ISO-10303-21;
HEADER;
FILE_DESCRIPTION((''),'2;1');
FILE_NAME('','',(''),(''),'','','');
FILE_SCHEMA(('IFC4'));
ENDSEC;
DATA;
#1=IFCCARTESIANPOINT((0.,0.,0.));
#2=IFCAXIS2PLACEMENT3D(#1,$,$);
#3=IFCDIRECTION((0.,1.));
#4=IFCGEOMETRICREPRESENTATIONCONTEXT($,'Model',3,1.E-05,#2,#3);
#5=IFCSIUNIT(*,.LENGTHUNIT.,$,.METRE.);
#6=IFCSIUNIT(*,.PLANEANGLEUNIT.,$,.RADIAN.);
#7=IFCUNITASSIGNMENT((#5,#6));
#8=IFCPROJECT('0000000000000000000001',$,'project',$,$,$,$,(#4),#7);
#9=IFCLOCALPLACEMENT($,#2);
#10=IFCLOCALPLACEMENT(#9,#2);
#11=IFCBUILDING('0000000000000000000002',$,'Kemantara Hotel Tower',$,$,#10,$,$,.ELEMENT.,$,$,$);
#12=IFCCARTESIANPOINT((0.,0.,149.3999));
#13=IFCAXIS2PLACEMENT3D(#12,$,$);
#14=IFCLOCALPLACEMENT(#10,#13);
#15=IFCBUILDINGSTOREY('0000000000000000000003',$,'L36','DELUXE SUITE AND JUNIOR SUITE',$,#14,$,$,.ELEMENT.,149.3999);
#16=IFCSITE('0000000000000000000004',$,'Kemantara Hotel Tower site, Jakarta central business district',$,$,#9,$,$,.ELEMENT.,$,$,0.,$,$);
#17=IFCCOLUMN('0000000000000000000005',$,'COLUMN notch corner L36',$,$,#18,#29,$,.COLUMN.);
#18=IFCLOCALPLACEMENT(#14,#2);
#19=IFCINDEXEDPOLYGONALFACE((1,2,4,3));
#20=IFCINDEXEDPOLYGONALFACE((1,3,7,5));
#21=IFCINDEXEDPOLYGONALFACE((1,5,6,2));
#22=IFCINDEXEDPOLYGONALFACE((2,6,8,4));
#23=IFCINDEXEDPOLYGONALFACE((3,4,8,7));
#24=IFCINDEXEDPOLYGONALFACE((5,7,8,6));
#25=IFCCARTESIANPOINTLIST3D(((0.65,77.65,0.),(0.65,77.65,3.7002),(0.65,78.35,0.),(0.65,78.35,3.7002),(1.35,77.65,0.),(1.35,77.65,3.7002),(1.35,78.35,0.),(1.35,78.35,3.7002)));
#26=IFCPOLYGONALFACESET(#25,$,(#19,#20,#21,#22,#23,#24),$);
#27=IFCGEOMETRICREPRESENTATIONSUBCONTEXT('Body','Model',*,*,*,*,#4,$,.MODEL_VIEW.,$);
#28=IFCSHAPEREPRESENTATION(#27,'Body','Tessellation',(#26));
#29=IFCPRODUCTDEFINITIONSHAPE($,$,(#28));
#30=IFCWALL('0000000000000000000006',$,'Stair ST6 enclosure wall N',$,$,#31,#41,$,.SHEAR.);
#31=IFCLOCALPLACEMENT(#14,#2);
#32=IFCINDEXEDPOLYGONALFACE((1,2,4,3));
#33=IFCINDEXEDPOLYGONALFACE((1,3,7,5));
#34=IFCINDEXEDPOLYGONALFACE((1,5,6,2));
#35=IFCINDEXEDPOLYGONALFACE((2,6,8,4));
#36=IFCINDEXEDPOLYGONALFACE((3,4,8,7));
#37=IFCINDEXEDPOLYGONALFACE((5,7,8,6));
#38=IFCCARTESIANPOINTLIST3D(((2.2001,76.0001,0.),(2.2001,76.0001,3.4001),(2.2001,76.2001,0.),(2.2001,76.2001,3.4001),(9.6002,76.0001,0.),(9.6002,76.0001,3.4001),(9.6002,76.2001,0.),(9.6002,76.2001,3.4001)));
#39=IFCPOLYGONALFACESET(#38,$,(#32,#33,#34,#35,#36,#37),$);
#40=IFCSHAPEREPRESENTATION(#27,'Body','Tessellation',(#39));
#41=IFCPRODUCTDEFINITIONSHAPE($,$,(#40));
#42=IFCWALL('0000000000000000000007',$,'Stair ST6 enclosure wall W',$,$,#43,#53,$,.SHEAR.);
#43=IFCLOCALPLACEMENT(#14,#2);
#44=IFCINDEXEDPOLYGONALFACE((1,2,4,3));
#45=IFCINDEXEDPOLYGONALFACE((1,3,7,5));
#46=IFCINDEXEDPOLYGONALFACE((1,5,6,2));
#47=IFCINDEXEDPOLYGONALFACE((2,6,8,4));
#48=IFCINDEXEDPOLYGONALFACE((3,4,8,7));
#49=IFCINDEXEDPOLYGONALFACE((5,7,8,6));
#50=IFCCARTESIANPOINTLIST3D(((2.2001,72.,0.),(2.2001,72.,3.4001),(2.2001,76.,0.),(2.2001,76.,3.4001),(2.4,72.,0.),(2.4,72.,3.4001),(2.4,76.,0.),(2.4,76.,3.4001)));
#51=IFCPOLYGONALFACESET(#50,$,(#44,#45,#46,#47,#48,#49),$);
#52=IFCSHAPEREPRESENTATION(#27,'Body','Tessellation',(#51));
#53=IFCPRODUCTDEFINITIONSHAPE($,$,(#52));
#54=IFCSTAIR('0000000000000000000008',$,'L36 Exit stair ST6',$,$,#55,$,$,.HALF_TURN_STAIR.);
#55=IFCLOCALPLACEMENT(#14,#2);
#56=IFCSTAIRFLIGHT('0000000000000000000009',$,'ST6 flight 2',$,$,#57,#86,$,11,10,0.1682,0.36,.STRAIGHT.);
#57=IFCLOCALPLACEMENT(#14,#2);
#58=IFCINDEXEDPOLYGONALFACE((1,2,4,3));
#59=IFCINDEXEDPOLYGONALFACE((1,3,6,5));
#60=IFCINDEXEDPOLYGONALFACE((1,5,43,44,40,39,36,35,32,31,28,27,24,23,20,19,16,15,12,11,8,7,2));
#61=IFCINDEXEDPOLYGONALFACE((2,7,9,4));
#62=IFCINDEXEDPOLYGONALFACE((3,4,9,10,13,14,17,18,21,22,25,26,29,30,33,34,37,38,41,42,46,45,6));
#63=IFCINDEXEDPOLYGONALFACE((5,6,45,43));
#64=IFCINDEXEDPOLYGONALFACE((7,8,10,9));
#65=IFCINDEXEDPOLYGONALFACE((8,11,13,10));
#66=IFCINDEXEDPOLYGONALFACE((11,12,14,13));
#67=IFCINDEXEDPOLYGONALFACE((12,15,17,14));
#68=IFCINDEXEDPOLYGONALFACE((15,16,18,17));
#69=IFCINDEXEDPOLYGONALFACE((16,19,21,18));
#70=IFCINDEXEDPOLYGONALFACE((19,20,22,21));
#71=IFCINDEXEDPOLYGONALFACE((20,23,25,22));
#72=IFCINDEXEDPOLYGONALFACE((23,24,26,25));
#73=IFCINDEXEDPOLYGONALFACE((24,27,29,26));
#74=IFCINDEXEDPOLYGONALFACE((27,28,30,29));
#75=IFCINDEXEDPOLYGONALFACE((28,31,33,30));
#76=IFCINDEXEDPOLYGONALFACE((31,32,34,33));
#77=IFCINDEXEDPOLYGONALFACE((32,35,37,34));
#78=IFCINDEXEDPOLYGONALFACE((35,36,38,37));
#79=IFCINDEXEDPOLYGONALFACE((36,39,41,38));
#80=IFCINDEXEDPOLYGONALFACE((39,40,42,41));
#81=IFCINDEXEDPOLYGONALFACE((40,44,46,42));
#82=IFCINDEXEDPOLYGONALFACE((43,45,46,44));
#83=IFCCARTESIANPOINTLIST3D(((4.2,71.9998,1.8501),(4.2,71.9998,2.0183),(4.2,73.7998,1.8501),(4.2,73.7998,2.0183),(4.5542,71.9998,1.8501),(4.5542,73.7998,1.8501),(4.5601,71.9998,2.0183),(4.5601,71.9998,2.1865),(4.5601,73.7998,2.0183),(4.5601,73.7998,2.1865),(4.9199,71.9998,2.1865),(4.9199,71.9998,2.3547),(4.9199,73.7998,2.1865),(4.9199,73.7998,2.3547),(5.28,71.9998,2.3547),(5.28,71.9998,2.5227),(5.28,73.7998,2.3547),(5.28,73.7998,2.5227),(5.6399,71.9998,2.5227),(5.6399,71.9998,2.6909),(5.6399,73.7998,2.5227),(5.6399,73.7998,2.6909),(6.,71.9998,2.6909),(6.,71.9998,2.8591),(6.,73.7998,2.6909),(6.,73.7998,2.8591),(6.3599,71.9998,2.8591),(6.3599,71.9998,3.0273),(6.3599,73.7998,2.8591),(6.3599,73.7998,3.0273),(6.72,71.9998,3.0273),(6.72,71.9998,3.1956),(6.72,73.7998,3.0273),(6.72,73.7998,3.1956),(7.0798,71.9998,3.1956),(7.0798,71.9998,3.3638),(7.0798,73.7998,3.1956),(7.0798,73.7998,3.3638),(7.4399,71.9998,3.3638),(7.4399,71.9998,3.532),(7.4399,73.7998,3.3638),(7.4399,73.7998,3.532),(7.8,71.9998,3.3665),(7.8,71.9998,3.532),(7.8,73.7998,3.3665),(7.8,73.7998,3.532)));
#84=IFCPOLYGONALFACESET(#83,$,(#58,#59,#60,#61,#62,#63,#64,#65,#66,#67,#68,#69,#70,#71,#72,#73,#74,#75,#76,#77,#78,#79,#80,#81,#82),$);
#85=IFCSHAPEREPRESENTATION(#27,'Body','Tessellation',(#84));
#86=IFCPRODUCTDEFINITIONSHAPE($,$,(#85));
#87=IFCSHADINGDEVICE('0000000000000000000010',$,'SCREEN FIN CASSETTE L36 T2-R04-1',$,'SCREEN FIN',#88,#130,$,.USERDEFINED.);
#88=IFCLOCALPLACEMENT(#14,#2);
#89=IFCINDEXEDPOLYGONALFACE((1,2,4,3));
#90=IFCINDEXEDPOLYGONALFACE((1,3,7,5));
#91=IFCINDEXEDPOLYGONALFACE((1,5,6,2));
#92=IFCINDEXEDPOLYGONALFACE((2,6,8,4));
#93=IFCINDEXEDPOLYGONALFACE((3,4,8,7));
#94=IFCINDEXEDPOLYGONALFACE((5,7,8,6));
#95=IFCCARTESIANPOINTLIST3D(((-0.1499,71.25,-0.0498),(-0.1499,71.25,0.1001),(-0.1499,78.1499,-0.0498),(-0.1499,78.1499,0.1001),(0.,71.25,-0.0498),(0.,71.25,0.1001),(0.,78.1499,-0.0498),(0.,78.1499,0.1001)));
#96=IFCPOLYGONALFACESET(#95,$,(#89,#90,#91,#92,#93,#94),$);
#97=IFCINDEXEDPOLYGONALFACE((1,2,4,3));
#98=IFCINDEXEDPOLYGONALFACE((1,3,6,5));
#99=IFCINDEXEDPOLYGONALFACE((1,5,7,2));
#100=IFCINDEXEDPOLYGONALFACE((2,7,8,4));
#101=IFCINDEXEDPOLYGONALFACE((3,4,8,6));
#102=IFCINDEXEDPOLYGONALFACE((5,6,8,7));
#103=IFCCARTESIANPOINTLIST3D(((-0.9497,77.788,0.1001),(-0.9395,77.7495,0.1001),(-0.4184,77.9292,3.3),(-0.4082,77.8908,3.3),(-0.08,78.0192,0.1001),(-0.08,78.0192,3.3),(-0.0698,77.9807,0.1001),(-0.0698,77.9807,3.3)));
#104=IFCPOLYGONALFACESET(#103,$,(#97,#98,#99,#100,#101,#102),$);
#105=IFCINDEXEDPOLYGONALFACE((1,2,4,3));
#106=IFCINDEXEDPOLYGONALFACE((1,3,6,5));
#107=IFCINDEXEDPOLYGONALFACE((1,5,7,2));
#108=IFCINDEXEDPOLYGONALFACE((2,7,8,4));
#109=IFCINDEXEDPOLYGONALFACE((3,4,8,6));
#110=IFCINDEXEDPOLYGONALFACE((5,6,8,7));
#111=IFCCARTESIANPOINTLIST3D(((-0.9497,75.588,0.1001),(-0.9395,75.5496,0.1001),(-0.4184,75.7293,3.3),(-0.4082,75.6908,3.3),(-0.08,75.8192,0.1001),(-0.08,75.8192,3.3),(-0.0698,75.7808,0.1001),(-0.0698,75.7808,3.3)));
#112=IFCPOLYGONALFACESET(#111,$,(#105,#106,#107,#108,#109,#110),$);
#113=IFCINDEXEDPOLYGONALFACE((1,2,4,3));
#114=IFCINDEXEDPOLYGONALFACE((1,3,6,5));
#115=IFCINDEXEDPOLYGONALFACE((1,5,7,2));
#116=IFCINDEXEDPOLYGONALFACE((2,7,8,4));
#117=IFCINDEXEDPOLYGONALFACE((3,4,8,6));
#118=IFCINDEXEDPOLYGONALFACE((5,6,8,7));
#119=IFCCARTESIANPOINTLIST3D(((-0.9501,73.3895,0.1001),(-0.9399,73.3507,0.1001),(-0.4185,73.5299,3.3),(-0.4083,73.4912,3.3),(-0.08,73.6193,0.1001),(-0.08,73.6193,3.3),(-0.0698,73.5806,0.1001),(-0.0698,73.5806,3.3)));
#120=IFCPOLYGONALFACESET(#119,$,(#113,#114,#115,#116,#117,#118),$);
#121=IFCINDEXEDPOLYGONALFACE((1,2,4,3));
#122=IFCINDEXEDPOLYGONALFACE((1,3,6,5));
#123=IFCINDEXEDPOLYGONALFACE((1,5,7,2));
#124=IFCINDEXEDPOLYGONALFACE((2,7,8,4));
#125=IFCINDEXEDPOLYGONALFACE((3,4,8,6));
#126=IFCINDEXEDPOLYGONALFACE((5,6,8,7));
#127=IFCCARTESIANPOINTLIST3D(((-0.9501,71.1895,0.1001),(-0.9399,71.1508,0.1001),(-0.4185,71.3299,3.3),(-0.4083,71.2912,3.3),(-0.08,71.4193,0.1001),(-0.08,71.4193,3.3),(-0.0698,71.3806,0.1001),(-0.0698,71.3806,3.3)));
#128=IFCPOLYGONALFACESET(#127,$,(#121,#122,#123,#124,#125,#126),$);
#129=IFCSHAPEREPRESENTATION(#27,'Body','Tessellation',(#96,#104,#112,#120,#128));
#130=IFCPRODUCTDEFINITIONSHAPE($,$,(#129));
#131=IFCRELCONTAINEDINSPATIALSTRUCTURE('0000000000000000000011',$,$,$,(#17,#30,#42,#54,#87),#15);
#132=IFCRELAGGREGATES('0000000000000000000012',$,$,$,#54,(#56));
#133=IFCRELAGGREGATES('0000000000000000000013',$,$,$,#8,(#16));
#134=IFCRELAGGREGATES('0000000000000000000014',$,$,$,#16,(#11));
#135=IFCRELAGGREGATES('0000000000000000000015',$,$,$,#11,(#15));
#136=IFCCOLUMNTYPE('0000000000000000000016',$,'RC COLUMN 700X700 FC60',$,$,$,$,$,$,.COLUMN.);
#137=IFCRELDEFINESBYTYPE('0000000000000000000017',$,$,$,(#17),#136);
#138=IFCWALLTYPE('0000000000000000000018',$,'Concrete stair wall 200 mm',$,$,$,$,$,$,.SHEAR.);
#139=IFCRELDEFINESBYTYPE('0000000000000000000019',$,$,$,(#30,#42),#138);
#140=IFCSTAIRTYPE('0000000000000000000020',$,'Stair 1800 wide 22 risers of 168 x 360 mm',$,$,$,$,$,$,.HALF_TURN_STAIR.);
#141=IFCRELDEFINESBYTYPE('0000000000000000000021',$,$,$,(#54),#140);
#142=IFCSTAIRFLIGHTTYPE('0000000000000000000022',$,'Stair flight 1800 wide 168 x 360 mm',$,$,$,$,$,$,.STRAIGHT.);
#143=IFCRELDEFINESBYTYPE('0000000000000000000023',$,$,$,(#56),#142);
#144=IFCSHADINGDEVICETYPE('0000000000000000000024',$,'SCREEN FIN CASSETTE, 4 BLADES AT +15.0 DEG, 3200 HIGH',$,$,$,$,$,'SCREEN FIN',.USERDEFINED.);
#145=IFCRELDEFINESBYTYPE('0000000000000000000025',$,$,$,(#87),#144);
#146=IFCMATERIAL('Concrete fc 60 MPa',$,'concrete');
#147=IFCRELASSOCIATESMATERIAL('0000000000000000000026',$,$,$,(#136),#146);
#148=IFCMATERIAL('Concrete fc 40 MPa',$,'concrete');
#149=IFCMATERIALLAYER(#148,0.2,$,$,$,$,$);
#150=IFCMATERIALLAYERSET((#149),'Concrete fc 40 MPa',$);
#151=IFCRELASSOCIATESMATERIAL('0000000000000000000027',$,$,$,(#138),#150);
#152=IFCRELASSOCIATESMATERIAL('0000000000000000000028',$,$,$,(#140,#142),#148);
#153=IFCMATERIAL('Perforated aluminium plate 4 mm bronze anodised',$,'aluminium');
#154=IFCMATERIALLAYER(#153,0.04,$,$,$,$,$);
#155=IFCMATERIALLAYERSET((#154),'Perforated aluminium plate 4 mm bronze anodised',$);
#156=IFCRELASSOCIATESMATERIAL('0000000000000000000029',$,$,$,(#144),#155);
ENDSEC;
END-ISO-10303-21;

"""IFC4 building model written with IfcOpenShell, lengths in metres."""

from ifc_helpers import new_model, si_unit, direction, frame, frame_2d, origin, origin_2d, place, context, subcontext, project, spatial, polyline, rectangle, outline, extrude, source, transform, mapped, material, layer, layer_set, material_profile, profile_set, type_object, element, aggregate, save


model = new_model("IFC4")

# Units and contexts
model_context = context("Model", 3, precision=1e-05, world=origin(), true_north=direction((0.0, 1.0)))
body_context = subcontext(model_context, "Body", "Model", "MODEL_VIEW")
ifc_project = project(units=[si_unit("LENGTHUNIT", "METRE"), si_unit("PLANEANGLEUNIT", "RADIAN")], contexts=[model_context])

# Site, building, storey
site_placement = place(None, origin())
site = spatial("IfcSite", under=ifc_project, at=site_placement, Name="Kemantara Hotel Tower site, Jakarta central business district", CompositionType="ELEMENT", RefElevation=0.0)
building_placement = place(site_placement, origin())
building = spatial("IfcBuilding", under=site, at=building_placement, Name="Kemantara Hotel Tower", CompositionType="ELEMENT")
storey_placement = place(building_placement, frame((0.0, 0.0, 149.3999)))
storey = spatial("IfcBuildingStorey", under=building, at=storey_placement, Name="L36", Description="DELUXE SUITE AND JUNIOR SUITE", CompositionType="ELEMENT", Elevation=149.3999)

# Column
ifc_material_1 = material(Name="Concrete fc 60 MPa", Category="concrete")
ifc_material_profile = material_profile(ifc_material_1, rectangle(XDim=0.7, YDim=0.7, at=origin_2d()), Name="RC 700X700")
ifc_profile_set = profile_set([ifc_material_profile], Name="Concrete fc 60 MPa")
column_type = type_object("IfcColumnType", Name="RC COLUMN 700X700 FC60", PredefinedType="COLUMN", material=ifc_profile_set)
column_placement = place(storey_placement, frame((1.0, 78.0, 0.0), z_axis=(0.0, 0.0, 1.0), x_axis=(1.0, 0.0, 0.0)))
element("IfcColumn", 1, at=column_placement, inside=storey, type_object=column_type, Name="COLUMN notch corner L36", PredefinedType="COLUMN", context=body_context, shape_type="SweptSolid", body=[
    extrude(rectangle(XDim=0.7, YDim=0.7, at=origin_2d()), origin(), (0.0, 0.0, 1.0), 3.7002),
])

# Walls
ifc_material_2 = material(Name="Concrete fc 40 MPa", Category="concrete")
ifc_layer_1 = layer(ifc_material_2, 0.2)
ifc_layer_set_1 = layer_set([ifc_layer_1], Name="Concrete fc 40 MPa")
wall_type = type_object("IfcWallType", Name="Concrete stair wall 200 mm", PredefinedType="SHEAR", material=ifc_layer_set_1)
wall_1_placement = place(storey_placement, frame((2.2, 76.1001, 0.0), z_axis=(0.0, 0.0, 1.0), x_axis=(1.0, 0.0, 0.0)))
element("IfcWall", 2, at=wall_1_placement, inside=storey, type_object=wall_type, Name="Stair ST6 enclosure wall N", PredefinedType="SHEAR", context=body_context, shape_type="SweptSolid", body=[
    extrude(rectangle(XDim=7.4001, YDim=0.2, at=frame_2d((3.7002, 0.0))), origin(), (0.0, 0.0, 1.0), 3.4001),
])
wall_2_placement = place(storey_placement, frame((2.3, 72.0, 0.0), z_axis=(0.0, 0.0, 1.0), x_axis=(0.0, 1.0, 0.0)))
element("IfcWall", 3, at=wall_2_placement, inside=storey, type_object=wall_type, Name="Stair ST6 enclosure wall W", PredefinedType="SHEAR", context=body_context, shape_type="SweptSolid", body=[
    extrude(rectangle(XDim=4.0, YDim=0.2, at=frame_2d((2.0, 0.0))), origin(), (0.0, 0.0, 1.0), 3.4001),
])

# Stair, stair flight
stair_type = type_object("IfcStairType", Name="Stair 1800 wide 22 risers of 168 x 360 mm", PredefinedType="HALF_TURN_STAIR", material=ifc_material_2)
stair_placement = place(storey_placement, origin())
stair = element("IfcStair", 4, at=stair_placement, inside=storey, type_object=stair_type, Name="L36 Exit stair ST6", PredefinedType="HALF_TURN_STAIR")
stair_flight_type = type_object("IfcStairFlightType", Name="Stair flight 1800 wide 168 x 360 mm", PredefinedType="STRAIGHT", material=ifc_material_2)
stair_flight_placement = place(storey_placement, frame((4.2, 72.8999, 1.8501), z_axis=(0.0, 0.0, 1.0), x_axis=(1.0, 0.0, 0.0)))
stair_flight = element("IfcStairFlight", 5, at=stair_flight_placement, type_object=stair_flight_type, Name="ST6 flight 2", NumberOfRisers=11, NumberOfTreads=10, PredefinedType="STRAIGHT", RiserHeight=0.1682, TreadLength=0.36, context=body_context, shape_type="SweptSolid", body=[
    extrude(outline(polyline([(0.0, 0.0), (0.0, 0.1682), (0.3601, 0.1682), (0.3601, 0.3364), (0.72, 0.3364), (0.72, 0.5046), (1.0801, 0.5046), (1.0801, 0.6726), (1.4399, 0.6726), (1.4399, 0.8408), (1.8, 0.8408), (1.8, 1.009), (2.1599, 1.009), (2.1599, 1.1772), (2.52, 1.1772), (2.52, 1.3455), (2.8799, 1.3455), (2.8799, 1.5137), (3.24, 1.5137), (3.24, 1.6819), (3.6001, 1.6819), (3.6001, 1.8501), (3.6001, 1.5164), (0.3542, 0.0), (0.0, 0.0)])), frame((0.0, 0.8999, 0.0), z_axis=(0.0, -1.0, 0.0), x_axis=(1.0, 0.0, 0.0)), (0.0, 0.0, 1.0), 1.8),
])
aggregate(stair, [stair_flight])

# Shading device
ifc_material_3 = material(Name="Perforated aluminium plate 4 mm bronze anodised", Category="aluminium")
ifc_layer_2 = layer(ifc_material_3, 0.04)
ifc_layer_set_2 = layer_set([ifc_layer_2], Name="Perforated aluminium plate 4 mm bronze anodised")
shading_device_type = type_object("IfcShadingDeviceType", Name="SCREEN FIN CASSETTE, 4 BLADES AT +15.0 DEG, 3200 HIGH", ElementType="SCREEN FIN", PredefinedType="USERDEFINED", material=ifc_layer_set_2)
shared_shape = source(origin(), body_context, "Body", "SweptSolid", [
    extrude(rectangle(XDim=6.8999, YDim=0.1499, at=origin_2d()), frame((3.3, -0.075, -0.1499), z_axis=(0.0, 0.0, 1.0), x_axis=(1.0, 0.0, 0.0)), (0.0, 0.0, 1.0), 0.1499),
    extrude(outline(polyline([(0.0, 0.0), (0.8999, 0.0), (0.3501, 3.2), (0.0, 3.2), (0.0, 0.0)])), frame((0.0193, -0.0698, 0.0), z_axis=(-0.966438, -0.256901, 0.0), x_axis=(0.256901, -0.966438, 0.0)), (0.0, 0.0, 1.0), 0.0398),
    extrude(outline(polyline([(0.0, 0.0), (0.8999, 0.0), (0.3501, 3.2), (0.0, 3.2), (0.0, 0.0)])), frame((2.2192, -0.0698, 0.0), z_axis=(-0.966438, -0.256901, 0.0), x_axis=(0.256901, -0.966438, 0.0)), (0.0, 0.0, 1.0), 0.0398),
    extrude(outline(polyline([(0.0, 0.0), (0.8999, 0.0), (0.3501, 3.2), (0.0, 3.2), (0.0, 0.0)])), frame((4.4194, -0.0698, 0.0), z_axis=(-0.966838, -0.255391, 0.0), x_axis=(0.255391, -0.966838, 0.0)), (0.0, 0.0, 1.0), 0.04),
    extrude(outline(polyline([(0.0, 0.0), (0.8999, 0.0), (0.3501, 3.2), (0.0, 3.2), (0.0, 0.0)])), frame((6.6194, -0.0698, 0.0), z_axis=(-0.966838, -0.255391, 0.0), x_axis=(0.255391, -0.966838, 0.0)), (0.0, 0.0, 1.0), 0.04),
])
shading_device_placement = place(storey_placement, frame((0.0, 78.0, 0.1001), z_axis=(0.0, 0.0, 1.0), x_axis=(0.0, -1.0, 0.0)))
element("IfcShadingDevice", 6, at=shading_device_placement, inside=storey, type_object=shading_device_type, Name="SCREEN FIN CASSETTE L36 T2-R04-1", ObjectType="SCREEN FIN", PredefinedType="USERDEFINED", context=body_context, shape_type="MappedRepresentation", body=[
    mapped(shared_shape, transform((0.0, 0.0, 0.0))),
])

save(model, "model.ifc")
